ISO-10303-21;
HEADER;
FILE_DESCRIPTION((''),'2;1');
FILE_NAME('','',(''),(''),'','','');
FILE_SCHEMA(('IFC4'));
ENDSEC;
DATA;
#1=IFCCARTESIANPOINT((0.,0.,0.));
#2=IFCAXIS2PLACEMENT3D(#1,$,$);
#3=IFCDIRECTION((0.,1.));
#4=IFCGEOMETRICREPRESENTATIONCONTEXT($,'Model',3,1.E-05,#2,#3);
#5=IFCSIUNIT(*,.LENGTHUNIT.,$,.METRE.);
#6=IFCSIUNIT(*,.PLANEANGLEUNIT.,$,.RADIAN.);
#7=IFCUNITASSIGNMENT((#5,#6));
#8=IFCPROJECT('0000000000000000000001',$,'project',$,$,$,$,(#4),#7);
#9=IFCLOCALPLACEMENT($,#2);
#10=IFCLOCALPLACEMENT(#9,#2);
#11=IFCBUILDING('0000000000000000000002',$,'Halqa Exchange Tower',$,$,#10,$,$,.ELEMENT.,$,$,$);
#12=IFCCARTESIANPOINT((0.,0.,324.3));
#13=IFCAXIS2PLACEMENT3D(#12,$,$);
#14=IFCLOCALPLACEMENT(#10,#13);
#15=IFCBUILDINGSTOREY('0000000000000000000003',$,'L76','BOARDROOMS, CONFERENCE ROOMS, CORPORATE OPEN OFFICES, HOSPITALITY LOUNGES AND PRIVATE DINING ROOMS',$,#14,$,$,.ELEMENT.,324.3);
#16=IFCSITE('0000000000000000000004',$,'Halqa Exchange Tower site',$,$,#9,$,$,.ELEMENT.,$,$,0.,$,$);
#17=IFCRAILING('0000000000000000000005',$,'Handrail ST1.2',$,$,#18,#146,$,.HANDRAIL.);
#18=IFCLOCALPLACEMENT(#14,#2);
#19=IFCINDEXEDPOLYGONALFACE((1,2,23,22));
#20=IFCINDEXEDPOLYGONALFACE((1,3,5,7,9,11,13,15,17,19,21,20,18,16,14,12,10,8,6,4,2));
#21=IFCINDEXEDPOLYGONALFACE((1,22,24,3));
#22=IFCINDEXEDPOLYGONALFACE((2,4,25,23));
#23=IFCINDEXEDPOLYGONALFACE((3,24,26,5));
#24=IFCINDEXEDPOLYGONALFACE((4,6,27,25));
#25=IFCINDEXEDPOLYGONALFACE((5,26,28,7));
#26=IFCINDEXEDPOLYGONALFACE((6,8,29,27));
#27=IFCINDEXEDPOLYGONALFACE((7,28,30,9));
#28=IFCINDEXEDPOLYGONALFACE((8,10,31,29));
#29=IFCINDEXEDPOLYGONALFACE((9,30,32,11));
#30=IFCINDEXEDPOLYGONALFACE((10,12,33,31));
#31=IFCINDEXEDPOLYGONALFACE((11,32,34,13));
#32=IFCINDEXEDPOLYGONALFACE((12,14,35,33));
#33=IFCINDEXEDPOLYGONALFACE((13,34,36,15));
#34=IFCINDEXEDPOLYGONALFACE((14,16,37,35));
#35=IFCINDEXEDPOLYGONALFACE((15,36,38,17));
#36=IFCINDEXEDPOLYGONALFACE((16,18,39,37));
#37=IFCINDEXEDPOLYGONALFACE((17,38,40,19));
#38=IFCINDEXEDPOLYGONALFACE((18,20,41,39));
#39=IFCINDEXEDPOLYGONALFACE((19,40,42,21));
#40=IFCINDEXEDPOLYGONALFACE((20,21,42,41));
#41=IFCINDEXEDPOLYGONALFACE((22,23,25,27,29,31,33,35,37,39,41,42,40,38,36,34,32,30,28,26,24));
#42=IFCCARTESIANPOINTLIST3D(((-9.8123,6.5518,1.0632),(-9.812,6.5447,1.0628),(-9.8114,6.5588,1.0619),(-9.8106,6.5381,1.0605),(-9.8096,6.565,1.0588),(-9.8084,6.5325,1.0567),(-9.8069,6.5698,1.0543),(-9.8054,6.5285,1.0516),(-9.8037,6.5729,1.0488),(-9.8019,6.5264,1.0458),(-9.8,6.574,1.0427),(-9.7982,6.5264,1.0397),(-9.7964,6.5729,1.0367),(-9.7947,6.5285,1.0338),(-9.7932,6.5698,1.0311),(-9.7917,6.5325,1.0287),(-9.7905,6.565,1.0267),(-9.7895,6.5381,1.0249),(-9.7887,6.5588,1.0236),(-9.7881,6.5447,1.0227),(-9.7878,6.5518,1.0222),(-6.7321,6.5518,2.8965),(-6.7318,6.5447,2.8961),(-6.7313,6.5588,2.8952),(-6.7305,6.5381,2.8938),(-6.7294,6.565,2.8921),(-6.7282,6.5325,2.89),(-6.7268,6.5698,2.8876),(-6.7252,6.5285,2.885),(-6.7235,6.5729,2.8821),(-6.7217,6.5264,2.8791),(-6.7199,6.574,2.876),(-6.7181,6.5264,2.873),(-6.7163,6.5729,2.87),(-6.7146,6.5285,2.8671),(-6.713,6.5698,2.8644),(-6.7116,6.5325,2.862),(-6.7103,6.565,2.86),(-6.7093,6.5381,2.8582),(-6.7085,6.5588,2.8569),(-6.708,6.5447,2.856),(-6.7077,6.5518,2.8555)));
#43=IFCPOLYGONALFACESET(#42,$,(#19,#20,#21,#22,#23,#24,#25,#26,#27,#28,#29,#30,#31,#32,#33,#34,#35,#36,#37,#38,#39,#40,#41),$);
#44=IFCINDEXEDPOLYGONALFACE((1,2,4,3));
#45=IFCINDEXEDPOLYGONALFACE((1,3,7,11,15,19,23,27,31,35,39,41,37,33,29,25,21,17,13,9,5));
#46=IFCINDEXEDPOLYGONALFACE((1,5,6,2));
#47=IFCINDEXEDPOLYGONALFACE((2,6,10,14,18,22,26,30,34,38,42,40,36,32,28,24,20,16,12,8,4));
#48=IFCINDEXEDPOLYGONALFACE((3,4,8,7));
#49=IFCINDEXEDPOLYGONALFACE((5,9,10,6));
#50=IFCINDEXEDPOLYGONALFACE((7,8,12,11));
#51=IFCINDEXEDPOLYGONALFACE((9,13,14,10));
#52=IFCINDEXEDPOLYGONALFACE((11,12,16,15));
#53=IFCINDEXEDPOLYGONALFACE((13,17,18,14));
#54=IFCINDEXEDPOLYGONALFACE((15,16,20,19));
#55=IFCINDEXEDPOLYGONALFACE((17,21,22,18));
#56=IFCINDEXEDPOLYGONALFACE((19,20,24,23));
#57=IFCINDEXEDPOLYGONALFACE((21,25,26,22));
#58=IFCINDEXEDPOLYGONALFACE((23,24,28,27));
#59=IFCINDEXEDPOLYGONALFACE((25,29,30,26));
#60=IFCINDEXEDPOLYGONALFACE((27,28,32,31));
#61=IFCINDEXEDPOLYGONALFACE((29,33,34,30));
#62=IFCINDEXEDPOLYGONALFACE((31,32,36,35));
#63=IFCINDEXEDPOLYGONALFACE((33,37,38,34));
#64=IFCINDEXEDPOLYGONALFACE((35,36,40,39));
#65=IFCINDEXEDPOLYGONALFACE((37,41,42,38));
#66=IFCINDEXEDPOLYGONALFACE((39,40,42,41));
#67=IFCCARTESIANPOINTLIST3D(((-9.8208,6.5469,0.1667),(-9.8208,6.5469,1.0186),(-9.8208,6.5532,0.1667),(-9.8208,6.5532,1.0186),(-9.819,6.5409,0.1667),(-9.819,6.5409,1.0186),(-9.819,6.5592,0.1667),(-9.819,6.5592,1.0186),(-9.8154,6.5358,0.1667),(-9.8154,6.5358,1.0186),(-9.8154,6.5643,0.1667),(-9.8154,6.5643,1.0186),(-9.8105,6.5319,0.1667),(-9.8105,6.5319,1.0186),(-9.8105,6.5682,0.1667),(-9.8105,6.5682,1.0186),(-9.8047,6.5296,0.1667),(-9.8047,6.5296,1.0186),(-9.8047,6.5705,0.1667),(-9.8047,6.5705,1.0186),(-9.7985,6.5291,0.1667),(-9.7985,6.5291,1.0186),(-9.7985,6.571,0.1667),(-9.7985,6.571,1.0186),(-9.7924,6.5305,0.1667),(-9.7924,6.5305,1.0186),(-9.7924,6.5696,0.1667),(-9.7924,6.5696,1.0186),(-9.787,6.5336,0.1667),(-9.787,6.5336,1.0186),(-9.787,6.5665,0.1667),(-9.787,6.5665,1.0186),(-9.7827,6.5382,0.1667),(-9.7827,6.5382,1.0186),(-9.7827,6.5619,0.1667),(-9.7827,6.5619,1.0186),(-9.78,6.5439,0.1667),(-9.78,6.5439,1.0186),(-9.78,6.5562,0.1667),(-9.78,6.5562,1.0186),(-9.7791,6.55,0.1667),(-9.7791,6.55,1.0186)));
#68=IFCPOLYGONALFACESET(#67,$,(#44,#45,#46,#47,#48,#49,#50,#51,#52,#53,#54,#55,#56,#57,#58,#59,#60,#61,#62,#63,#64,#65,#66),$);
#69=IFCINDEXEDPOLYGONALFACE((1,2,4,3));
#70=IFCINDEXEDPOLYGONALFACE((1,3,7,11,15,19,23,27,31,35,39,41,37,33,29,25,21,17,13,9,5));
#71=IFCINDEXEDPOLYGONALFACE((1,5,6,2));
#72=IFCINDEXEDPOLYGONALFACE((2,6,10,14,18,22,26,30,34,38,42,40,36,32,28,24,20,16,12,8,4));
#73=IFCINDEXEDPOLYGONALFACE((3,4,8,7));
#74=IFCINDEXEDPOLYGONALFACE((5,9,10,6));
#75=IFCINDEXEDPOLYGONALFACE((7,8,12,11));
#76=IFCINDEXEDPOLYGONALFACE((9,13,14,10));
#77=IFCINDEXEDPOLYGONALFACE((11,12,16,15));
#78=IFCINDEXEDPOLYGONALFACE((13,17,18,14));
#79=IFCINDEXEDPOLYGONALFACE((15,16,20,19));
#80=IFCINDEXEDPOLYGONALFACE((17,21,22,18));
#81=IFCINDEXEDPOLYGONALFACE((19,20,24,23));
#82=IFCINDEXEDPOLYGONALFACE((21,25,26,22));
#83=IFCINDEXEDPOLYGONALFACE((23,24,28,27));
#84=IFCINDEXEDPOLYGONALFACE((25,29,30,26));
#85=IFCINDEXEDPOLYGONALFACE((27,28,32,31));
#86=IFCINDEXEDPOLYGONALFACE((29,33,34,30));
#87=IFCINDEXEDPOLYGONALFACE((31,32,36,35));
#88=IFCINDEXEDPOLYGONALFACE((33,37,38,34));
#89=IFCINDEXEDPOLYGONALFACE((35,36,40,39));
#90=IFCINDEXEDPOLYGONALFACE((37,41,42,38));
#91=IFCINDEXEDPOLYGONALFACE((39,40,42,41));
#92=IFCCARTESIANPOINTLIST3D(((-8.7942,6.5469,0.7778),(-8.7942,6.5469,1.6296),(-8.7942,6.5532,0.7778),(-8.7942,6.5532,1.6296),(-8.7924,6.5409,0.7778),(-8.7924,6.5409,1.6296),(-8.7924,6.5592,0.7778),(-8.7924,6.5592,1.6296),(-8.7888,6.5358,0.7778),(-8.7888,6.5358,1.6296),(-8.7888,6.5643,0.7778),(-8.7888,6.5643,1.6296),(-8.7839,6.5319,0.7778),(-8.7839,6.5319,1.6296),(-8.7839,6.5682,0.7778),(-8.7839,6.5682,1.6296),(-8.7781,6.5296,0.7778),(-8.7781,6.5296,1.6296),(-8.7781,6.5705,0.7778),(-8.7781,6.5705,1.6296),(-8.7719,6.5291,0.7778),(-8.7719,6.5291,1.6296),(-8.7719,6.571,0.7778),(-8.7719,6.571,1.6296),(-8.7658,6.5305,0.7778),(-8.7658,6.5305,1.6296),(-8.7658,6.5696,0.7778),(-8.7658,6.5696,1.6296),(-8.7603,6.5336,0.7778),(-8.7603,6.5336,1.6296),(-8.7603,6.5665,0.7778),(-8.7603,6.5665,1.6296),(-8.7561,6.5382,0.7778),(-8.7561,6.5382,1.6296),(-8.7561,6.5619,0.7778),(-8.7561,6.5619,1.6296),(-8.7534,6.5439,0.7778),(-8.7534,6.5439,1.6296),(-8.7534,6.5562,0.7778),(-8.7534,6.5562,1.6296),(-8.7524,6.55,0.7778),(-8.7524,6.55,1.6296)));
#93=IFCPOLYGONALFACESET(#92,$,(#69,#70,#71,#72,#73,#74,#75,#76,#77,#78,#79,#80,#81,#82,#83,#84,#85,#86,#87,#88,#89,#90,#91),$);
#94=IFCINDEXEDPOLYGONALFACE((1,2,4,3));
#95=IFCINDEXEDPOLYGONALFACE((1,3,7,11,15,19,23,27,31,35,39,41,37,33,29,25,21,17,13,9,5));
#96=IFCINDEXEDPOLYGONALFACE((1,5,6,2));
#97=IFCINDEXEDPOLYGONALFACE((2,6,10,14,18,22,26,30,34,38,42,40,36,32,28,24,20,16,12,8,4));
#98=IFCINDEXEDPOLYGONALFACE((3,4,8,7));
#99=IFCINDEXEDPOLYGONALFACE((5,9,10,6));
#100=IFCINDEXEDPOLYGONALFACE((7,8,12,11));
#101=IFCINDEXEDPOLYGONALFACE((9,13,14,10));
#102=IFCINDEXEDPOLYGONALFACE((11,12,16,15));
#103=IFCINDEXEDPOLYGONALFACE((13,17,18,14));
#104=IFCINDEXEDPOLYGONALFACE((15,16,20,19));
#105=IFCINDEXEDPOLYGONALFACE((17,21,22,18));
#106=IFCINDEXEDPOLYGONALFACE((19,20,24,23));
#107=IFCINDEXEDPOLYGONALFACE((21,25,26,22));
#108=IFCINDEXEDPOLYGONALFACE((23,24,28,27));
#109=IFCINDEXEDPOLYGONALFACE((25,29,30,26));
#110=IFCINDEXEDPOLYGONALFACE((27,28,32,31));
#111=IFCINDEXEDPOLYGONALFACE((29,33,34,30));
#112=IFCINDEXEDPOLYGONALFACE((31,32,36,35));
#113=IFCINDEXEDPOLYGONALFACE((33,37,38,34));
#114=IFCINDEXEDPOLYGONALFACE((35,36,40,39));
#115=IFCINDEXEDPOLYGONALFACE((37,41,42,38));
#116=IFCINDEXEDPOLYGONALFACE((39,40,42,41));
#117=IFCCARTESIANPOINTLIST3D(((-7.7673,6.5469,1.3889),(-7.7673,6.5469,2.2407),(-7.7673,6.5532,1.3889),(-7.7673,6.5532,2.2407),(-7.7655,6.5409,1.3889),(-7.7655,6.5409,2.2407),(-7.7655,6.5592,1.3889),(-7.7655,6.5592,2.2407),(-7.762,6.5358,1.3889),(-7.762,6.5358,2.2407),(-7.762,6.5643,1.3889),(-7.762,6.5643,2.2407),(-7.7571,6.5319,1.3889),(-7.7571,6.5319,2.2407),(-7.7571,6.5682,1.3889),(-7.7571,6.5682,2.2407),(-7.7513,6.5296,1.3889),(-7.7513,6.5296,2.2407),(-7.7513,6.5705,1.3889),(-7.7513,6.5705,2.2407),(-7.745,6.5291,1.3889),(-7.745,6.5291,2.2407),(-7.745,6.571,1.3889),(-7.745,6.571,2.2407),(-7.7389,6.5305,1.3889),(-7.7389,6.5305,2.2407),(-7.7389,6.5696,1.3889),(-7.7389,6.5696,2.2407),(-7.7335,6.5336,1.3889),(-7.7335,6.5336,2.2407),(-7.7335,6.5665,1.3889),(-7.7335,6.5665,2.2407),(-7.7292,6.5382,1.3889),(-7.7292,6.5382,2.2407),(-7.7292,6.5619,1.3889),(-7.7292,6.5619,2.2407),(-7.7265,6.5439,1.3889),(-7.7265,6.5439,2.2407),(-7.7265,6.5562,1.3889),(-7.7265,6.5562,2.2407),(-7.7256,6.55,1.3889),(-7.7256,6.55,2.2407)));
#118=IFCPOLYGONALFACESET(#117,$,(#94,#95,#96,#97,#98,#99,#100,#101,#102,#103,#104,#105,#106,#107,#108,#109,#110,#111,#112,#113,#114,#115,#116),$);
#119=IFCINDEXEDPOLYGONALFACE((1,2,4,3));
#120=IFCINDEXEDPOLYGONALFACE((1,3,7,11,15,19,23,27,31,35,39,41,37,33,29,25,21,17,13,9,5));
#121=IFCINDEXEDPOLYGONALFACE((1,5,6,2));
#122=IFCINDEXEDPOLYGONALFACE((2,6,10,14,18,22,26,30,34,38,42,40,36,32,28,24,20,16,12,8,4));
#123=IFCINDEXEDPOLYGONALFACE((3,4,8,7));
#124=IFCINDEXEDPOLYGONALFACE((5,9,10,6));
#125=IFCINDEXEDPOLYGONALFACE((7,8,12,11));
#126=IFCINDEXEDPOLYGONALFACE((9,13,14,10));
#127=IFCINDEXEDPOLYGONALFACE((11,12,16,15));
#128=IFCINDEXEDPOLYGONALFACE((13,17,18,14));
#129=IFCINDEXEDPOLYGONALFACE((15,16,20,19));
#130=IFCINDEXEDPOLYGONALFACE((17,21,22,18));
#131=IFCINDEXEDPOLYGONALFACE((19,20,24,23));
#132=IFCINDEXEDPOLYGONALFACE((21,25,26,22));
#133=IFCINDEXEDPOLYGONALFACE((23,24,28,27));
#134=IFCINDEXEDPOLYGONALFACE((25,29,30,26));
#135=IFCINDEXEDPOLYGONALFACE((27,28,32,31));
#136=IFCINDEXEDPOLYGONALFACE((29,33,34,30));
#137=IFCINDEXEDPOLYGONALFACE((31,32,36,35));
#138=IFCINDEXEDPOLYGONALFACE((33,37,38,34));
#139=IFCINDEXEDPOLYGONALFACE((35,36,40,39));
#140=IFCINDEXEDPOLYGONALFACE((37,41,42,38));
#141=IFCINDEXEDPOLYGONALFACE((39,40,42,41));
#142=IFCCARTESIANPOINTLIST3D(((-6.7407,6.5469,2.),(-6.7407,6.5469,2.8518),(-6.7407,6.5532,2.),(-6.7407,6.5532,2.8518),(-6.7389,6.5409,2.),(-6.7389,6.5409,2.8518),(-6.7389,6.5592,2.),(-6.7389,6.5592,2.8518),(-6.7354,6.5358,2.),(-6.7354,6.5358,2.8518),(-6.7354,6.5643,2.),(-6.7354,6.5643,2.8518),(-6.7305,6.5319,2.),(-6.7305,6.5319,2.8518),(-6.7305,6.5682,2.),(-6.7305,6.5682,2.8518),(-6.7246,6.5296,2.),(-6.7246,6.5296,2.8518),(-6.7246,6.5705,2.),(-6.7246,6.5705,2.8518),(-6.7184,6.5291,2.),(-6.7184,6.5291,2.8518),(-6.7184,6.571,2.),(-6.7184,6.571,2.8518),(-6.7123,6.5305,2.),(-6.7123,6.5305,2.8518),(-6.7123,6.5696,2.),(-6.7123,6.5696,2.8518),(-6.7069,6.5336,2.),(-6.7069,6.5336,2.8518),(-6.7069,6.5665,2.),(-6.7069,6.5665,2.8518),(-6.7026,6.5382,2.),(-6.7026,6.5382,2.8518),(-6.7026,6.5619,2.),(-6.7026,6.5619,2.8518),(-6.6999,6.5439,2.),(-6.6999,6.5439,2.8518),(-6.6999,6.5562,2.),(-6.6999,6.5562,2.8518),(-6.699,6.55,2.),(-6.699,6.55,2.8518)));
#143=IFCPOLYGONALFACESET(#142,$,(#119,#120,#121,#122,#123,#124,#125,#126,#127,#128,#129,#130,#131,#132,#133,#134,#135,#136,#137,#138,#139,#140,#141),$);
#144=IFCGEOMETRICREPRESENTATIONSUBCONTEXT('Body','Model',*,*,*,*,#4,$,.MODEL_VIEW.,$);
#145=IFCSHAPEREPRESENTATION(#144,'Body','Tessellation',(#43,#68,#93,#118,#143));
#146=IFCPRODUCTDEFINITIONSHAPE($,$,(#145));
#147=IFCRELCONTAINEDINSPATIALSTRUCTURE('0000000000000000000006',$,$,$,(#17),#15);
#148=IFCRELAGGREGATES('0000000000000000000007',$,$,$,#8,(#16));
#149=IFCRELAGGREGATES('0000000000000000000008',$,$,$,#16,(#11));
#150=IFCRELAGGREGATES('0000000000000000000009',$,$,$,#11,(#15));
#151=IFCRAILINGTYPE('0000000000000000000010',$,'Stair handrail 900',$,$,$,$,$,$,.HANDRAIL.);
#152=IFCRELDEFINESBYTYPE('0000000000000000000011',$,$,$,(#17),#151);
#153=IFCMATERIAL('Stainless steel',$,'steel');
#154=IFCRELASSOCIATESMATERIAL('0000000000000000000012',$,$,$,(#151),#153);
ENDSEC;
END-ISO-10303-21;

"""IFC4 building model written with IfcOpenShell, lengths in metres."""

from ifc_helpers import new_model, si_unit, direction, frame, origin, origin_2d, place, context, subcontext, project, spatial, circle, extrude, material, type_object, element, save


model = new_model("IFC4")

# Units and contexts
model_context = context("Model", 3, precision=1e-05, world=origin(), true_north=direction((0.0, 1.0)))
body_context = subcontext(model_context, "Body", "Model", "MODEL_VIEW")
ifc_project = project(units=[si_unit("LENGTHUNIT", "METRE"), si_unit("PLANEANGLEUNIT", "RADIAN")], contexts=[model_context])

# Site, building, storey
site_placement = place(None, origin())
site = spatial("IfcSite", under=ifc_project, at=site_placement, Name="Halqa Exchange Tower site", CompositionType="ELEMENT", RefElevation=0.0)
building_placement = place(site_placement, origin())
building = spatial("IfcBuilding", under=site, at=building_placement, Name="Halqa Exchange Tower", CompositionType="ELEMENT")
storey_placement = place(building_placement, frame((0.0, 0.0, 324.3)))
storey = spatial("IfcBuildingStorey", under=building, at=storey_placement, Name="L76", Description="BOARDROOMS, CONFERENCE ROOMS, CORPORATE OPEN OFFICES, HOSPITALITY LOUNGES AND PRIVATE DINING ROOMS", CompositionType="ELEMENT", Elevation=324.3)

# Shared definitions
ifc_material_1 = material(Name="Stainless steel", Category="steel")

# Railing
railing_type_1 = type_object("IfcRailingType", Name="Stair handrail 900", PredefinedType="HANDRAIL", material=ifc_material_1)
railing_1_placement = place(storey_placement, frame((-9.8, 6.55, 0.1667)))
element("IfcRailing", 1, at=railing_1_placement, inside=storey, type_object=railing_type_1, Name="Handrail ST1.2", PredefinedType="HANDRAIL", context=body_context, shape_type="SweptSolid", body=[
    extrude(circle(Radius=0.0239, at=origin_2d()), frame((0.0, 0.0, 0.876), z_axis=(0.859309, 0.0, 0.511458), x_axis=(0.0, 1.0, 0.0)), (0.0, 0.0, 1.0), 3.5845),
    extrude(circle(Radius=0.021, at=origin_2d()), origin(), (0.0, 0.0, 1.0), 0.8518),
    extrude(circle(Radius=0.021, at=origin_2d()), frame((1.0266, 0.0, 0.6111)), (0.0, 0.0, 1.0), 0.8518),
    extrude(circle(Radius=0.021, at=origin_2d()), frame((2.0535, 0.0, 1.2222)), (0.0, 0.0, 1.0), 0.8518),
    extrude(circle(Radius=0.021, at=origin_2d()), frame((3.0801, 0.0, 1.8333)), (0.0, 0.0, 1.0), 0.8518),
])

save(model, "model.ifc")
